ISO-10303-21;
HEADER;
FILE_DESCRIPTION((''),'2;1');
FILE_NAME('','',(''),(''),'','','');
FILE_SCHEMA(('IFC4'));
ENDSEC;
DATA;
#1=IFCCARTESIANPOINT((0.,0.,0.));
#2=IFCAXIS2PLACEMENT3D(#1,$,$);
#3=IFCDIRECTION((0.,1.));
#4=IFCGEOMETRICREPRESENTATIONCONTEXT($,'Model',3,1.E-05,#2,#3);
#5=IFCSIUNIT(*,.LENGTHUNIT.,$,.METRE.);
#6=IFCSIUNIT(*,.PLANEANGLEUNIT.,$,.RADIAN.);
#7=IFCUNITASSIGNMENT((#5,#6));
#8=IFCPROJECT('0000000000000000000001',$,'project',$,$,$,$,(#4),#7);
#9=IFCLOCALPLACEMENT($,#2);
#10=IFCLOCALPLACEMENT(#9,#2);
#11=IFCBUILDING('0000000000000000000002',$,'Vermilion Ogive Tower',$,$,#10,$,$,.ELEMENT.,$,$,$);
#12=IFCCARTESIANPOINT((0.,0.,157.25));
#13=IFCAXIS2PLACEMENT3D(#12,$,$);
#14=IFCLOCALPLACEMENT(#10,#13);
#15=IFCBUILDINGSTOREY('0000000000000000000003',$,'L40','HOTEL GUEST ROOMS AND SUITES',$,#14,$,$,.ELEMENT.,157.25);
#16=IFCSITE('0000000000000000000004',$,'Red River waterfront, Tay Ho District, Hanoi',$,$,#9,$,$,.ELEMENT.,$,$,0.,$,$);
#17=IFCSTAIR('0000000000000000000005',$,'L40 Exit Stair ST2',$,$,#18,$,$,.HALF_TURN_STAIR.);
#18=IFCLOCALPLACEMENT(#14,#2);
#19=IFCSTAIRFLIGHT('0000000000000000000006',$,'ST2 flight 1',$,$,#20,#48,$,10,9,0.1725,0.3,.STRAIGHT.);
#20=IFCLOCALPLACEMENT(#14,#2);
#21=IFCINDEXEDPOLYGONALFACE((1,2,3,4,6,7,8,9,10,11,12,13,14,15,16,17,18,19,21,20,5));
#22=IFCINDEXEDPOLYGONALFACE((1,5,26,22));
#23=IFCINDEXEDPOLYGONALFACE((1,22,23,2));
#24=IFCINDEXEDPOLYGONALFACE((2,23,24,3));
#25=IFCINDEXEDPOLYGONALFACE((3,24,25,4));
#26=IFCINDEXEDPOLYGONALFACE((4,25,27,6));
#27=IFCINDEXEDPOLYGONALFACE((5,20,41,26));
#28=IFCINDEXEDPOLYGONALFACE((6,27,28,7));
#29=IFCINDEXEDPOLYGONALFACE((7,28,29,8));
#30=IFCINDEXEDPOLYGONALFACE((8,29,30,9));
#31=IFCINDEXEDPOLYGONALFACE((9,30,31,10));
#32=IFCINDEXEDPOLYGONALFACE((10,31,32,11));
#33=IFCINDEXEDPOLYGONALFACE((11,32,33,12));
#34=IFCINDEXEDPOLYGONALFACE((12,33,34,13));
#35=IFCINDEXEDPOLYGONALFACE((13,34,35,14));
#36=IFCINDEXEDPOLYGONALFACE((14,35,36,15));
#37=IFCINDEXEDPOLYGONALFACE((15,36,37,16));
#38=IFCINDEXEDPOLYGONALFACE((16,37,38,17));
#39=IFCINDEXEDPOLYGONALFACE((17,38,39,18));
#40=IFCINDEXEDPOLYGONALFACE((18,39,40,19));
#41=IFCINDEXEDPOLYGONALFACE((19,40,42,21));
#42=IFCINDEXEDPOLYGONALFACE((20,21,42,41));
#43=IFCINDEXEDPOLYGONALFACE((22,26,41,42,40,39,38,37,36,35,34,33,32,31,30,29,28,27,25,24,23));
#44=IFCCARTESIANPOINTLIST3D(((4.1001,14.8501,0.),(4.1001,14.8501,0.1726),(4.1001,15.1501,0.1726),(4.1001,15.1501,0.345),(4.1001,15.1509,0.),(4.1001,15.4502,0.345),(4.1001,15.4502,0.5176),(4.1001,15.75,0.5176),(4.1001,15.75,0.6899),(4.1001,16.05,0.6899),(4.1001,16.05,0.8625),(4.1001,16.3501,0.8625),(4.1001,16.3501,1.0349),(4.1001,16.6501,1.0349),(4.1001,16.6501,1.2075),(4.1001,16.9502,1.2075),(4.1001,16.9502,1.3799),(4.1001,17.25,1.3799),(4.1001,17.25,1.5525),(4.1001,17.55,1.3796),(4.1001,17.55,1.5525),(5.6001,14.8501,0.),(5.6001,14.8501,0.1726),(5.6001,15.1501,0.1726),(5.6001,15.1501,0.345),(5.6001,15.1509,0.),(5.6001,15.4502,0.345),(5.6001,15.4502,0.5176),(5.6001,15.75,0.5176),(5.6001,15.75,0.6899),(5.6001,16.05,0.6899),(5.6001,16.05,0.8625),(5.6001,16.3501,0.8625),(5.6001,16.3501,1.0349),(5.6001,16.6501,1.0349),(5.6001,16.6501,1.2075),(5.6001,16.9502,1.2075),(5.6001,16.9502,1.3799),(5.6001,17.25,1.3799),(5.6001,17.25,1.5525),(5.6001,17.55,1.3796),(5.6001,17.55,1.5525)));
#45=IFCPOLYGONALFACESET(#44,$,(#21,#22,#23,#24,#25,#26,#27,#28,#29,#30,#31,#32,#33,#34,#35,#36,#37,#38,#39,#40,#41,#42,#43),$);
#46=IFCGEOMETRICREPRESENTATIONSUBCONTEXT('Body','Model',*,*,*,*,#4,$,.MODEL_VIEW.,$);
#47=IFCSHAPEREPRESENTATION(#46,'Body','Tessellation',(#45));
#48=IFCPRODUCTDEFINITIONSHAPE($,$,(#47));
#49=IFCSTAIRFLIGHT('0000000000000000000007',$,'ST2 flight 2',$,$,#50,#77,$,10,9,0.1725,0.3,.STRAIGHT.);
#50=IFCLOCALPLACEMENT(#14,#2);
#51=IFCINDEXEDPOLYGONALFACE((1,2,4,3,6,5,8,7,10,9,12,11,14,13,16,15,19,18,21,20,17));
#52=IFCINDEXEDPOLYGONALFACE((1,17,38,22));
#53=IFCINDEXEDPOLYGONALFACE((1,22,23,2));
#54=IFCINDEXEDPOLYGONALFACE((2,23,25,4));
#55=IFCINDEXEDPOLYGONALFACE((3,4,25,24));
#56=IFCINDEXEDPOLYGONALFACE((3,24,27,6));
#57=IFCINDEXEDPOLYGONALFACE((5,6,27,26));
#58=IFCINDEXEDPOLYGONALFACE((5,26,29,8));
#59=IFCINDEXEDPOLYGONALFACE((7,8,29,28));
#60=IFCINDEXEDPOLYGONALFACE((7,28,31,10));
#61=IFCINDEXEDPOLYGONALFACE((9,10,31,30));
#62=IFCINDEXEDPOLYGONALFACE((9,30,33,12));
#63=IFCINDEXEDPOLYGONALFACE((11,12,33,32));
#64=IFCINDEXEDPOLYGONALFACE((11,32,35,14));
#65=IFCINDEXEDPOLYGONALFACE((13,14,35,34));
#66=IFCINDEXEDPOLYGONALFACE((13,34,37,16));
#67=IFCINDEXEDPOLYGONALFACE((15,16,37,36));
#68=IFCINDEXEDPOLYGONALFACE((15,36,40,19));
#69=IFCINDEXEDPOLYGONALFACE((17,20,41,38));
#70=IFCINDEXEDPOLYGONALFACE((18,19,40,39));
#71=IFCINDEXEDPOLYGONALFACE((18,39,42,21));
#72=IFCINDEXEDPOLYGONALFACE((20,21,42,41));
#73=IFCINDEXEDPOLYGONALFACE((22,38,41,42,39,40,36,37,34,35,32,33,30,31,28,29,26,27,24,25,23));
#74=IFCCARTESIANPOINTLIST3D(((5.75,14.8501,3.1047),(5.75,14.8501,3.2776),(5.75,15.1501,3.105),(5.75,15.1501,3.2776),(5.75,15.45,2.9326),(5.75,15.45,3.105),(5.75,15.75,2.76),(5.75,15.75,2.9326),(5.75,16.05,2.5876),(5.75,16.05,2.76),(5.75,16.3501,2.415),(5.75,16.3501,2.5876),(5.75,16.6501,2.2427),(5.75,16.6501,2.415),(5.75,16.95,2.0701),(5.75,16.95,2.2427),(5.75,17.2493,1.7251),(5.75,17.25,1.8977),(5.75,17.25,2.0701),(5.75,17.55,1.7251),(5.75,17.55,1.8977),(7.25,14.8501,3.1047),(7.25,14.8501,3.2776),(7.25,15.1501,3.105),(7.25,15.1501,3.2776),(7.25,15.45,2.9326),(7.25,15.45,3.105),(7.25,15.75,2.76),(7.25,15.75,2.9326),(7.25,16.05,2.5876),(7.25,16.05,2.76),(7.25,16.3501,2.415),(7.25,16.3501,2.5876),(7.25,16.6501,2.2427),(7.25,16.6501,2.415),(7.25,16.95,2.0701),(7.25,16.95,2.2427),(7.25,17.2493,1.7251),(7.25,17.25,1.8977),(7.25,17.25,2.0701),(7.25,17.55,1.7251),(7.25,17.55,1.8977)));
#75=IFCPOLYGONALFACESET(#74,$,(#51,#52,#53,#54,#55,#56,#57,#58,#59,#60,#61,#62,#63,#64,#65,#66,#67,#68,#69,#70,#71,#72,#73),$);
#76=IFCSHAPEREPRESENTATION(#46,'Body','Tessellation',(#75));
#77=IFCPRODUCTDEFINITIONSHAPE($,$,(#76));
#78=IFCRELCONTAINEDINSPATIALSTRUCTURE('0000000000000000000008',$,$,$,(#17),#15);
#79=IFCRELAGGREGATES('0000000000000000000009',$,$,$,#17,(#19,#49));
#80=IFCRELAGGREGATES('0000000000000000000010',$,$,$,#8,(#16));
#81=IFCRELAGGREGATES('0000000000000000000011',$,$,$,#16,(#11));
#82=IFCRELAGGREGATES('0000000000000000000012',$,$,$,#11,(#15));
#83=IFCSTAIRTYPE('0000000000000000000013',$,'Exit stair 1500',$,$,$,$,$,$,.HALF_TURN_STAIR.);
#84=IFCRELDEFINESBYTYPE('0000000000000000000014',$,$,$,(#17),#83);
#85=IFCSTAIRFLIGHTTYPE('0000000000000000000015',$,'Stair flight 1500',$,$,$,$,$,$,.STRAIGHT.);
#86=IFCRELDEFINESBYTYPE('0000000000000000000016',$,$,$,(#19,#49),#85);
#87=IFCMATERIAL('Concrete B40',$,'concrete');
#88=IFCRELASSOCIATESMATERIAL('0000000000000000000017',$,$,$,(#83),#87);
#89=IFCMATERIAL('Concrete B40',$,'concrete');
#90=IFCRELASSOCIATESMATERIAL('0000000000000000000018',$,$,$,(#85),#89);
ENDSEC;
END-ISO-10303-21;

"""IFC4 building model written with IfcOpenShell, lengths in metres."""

from ifc_helpers import new_model, si_unit, direction, frame, origin, place, context, subcontext, project, spatial, polyline, outline, extrude, material, type_object, element, aggregate, save


model = new_model("IFC4")

# Units and contexts
model_context = context("Model", 3, precision=1e-05, world=origin(), true_north=direction((0.0, 1.0)))
body_context = subcontext(model_context, "Body", "Model", "MODEL_VIEW")
ifc_project = project(units=[si_unit("LENGTHUNIT", "METRE"), si_unit("PLANEANGLEUNIT", "RADIAN")], contexts=[model_context])

# Site, building, storey
site_placement = place(None, origin())
site = spatial("IfcSite", under=ifc_project, at=site_placement, Name="Red River waterfront, Tay Ho District, Hanoi", CompositionType="ELEMENT", RefElevation=0.0)
building_placement = place(site_placement, origin())
building = spatial("IfcBuilding", under=site, at=building_placement, Name="Vermilion Ogive Tower", CompositionType="ELEMENT")
storey_placement = place(building_placement, frame((0.0, 0.0, 157.25)))
storey = spatial("IfcBuildingStorey", under=building, at=storey_placement, Name="L40", Description="HOTEL GUEST ROOMS AND SUITES", CompositionType="ELEMENT", Elevation=157.25)

# Stair, stair flights
ifc_material_1 = material(Name="Concrete B40", Category="concrete")
stair_type = type_object("IfcStairType", Name="Exit stair 1500", PredefinedType="HALF_TURN_STAIR", material=ifc_material_1)
stair_placement = place(storey_placement, origin())
stair = element("IfcStair", 1, at=stair_placement, inside=storey, type_object=stair_type, Name="L40 Exit Stair ST2", PredefinedType="HALF_TURN_STAIR")
ifc_material_2 = material(Name="Concrete B40", Category="concrete")
stair_flight_type = type_object("IfcStairFlightType", Name="Stair flight 1500", PredefinedType="STRAIGHT", material=ifc_material_2)
stair_flight_1_placement = place(storey_placement, frame((4.8501, 14.8501, 0.0), z_axis=(0.0, 0.0, 1.0), x_axis=(0.0, 1.0, 0.0)))
stair_flight_1 = element("IfcStairFlight", 2, at=stair_flight_1_placement, type_object=stair_flight_type, Name="ST2 flight 1", NumberOfRisers=10, NumberOfTreads=9, PredefinedType="STRAIGHT", RiserHeight=0.1725, TreadLength=0.3, context=body_context, shape_type="SweptSolid", body=[
    extrude(outline(polyline([(0.0, 0.0), (0.0, 0.1726), (0.3, 0.1726), (0.3, 0.345), (0.6001, 0.345), (0.6001, 0.5176), (0.8999, 0.5176), (0.8999, 0.6899), (1.2, 0.6899), (1.2, 0.8625), (1.5, 0.8625), (1.5, 1.0349), (1.8, 1.0349), (1.8, 1.2075), (2.1001, 1.2075), (2.1001, 1.3799), (2.3999, 1.3799), (2.3999, 1.5525), (2.7, 1.5525), (2.7, 1.7251), (2.7, 1.3796), (0.3008, 0.0), (0.0, 0.0)])), frame((0.0, 0.75, 0.0), z_axis=(0.0, -1.0, 0.0), x_axis=(1.0, 0.0, 0.0)), (0.0, 0.0, 1.0), 1.5),
])
stair_flight_2_placement = place(storey_placement, frame((6.5, 17.55, 1.7251), z_axis=(0.0, 0.0, 1.0), x_axis=(0.0, -1.0, 0.0)))
stair_flight_2 = element("IfcStairFlight", 3, at=stair_flight_2_placement, type_object=stair_flight_type, Name="ST2 flight 2", NumberOfRisers=10, NumberOfTreads=9, PredefinedType="STRAIGHT", RiserHeight=0.1725, TreadLength=0.3, context=body_context, shape_type="SweptSolid", body=[
    extrude(outline(polyline([(0.0, 0.0), (0.0, 0.1726), (0.3, 0.1726), (0.3, 0.345), (0.6001, 0.345), (0.6001, 0.5176), (0.8999, 0.5176), (0.8999, 0.6899), (1.2, 0.6899), (1.2, 0.8625), (1.5, 0.8625), (1.5, 1.0349), (1.8, 1.0349), (1.8, 1.2075), (2.1001, 1.2075), (2.1001, 1.3799), (2.3999, 1.3799), (2.3999, 1.5525), (2.7, 1.5525), (2.7, 1.7251), (2.7, 1.3796), (0.3008, 0.0), (0.0, 0.0)])), frame((0.0, 0.75, 0.0), z_axis=(0.0, -1.0, 0.0), x_axis=(1.0, 0.0, 0.0)), (0.0, 0.0, 1.0), 1.5),
])
aggregate(stair, [stair_flight_1, stair_flight_2])

save(model, "model.ifc")
